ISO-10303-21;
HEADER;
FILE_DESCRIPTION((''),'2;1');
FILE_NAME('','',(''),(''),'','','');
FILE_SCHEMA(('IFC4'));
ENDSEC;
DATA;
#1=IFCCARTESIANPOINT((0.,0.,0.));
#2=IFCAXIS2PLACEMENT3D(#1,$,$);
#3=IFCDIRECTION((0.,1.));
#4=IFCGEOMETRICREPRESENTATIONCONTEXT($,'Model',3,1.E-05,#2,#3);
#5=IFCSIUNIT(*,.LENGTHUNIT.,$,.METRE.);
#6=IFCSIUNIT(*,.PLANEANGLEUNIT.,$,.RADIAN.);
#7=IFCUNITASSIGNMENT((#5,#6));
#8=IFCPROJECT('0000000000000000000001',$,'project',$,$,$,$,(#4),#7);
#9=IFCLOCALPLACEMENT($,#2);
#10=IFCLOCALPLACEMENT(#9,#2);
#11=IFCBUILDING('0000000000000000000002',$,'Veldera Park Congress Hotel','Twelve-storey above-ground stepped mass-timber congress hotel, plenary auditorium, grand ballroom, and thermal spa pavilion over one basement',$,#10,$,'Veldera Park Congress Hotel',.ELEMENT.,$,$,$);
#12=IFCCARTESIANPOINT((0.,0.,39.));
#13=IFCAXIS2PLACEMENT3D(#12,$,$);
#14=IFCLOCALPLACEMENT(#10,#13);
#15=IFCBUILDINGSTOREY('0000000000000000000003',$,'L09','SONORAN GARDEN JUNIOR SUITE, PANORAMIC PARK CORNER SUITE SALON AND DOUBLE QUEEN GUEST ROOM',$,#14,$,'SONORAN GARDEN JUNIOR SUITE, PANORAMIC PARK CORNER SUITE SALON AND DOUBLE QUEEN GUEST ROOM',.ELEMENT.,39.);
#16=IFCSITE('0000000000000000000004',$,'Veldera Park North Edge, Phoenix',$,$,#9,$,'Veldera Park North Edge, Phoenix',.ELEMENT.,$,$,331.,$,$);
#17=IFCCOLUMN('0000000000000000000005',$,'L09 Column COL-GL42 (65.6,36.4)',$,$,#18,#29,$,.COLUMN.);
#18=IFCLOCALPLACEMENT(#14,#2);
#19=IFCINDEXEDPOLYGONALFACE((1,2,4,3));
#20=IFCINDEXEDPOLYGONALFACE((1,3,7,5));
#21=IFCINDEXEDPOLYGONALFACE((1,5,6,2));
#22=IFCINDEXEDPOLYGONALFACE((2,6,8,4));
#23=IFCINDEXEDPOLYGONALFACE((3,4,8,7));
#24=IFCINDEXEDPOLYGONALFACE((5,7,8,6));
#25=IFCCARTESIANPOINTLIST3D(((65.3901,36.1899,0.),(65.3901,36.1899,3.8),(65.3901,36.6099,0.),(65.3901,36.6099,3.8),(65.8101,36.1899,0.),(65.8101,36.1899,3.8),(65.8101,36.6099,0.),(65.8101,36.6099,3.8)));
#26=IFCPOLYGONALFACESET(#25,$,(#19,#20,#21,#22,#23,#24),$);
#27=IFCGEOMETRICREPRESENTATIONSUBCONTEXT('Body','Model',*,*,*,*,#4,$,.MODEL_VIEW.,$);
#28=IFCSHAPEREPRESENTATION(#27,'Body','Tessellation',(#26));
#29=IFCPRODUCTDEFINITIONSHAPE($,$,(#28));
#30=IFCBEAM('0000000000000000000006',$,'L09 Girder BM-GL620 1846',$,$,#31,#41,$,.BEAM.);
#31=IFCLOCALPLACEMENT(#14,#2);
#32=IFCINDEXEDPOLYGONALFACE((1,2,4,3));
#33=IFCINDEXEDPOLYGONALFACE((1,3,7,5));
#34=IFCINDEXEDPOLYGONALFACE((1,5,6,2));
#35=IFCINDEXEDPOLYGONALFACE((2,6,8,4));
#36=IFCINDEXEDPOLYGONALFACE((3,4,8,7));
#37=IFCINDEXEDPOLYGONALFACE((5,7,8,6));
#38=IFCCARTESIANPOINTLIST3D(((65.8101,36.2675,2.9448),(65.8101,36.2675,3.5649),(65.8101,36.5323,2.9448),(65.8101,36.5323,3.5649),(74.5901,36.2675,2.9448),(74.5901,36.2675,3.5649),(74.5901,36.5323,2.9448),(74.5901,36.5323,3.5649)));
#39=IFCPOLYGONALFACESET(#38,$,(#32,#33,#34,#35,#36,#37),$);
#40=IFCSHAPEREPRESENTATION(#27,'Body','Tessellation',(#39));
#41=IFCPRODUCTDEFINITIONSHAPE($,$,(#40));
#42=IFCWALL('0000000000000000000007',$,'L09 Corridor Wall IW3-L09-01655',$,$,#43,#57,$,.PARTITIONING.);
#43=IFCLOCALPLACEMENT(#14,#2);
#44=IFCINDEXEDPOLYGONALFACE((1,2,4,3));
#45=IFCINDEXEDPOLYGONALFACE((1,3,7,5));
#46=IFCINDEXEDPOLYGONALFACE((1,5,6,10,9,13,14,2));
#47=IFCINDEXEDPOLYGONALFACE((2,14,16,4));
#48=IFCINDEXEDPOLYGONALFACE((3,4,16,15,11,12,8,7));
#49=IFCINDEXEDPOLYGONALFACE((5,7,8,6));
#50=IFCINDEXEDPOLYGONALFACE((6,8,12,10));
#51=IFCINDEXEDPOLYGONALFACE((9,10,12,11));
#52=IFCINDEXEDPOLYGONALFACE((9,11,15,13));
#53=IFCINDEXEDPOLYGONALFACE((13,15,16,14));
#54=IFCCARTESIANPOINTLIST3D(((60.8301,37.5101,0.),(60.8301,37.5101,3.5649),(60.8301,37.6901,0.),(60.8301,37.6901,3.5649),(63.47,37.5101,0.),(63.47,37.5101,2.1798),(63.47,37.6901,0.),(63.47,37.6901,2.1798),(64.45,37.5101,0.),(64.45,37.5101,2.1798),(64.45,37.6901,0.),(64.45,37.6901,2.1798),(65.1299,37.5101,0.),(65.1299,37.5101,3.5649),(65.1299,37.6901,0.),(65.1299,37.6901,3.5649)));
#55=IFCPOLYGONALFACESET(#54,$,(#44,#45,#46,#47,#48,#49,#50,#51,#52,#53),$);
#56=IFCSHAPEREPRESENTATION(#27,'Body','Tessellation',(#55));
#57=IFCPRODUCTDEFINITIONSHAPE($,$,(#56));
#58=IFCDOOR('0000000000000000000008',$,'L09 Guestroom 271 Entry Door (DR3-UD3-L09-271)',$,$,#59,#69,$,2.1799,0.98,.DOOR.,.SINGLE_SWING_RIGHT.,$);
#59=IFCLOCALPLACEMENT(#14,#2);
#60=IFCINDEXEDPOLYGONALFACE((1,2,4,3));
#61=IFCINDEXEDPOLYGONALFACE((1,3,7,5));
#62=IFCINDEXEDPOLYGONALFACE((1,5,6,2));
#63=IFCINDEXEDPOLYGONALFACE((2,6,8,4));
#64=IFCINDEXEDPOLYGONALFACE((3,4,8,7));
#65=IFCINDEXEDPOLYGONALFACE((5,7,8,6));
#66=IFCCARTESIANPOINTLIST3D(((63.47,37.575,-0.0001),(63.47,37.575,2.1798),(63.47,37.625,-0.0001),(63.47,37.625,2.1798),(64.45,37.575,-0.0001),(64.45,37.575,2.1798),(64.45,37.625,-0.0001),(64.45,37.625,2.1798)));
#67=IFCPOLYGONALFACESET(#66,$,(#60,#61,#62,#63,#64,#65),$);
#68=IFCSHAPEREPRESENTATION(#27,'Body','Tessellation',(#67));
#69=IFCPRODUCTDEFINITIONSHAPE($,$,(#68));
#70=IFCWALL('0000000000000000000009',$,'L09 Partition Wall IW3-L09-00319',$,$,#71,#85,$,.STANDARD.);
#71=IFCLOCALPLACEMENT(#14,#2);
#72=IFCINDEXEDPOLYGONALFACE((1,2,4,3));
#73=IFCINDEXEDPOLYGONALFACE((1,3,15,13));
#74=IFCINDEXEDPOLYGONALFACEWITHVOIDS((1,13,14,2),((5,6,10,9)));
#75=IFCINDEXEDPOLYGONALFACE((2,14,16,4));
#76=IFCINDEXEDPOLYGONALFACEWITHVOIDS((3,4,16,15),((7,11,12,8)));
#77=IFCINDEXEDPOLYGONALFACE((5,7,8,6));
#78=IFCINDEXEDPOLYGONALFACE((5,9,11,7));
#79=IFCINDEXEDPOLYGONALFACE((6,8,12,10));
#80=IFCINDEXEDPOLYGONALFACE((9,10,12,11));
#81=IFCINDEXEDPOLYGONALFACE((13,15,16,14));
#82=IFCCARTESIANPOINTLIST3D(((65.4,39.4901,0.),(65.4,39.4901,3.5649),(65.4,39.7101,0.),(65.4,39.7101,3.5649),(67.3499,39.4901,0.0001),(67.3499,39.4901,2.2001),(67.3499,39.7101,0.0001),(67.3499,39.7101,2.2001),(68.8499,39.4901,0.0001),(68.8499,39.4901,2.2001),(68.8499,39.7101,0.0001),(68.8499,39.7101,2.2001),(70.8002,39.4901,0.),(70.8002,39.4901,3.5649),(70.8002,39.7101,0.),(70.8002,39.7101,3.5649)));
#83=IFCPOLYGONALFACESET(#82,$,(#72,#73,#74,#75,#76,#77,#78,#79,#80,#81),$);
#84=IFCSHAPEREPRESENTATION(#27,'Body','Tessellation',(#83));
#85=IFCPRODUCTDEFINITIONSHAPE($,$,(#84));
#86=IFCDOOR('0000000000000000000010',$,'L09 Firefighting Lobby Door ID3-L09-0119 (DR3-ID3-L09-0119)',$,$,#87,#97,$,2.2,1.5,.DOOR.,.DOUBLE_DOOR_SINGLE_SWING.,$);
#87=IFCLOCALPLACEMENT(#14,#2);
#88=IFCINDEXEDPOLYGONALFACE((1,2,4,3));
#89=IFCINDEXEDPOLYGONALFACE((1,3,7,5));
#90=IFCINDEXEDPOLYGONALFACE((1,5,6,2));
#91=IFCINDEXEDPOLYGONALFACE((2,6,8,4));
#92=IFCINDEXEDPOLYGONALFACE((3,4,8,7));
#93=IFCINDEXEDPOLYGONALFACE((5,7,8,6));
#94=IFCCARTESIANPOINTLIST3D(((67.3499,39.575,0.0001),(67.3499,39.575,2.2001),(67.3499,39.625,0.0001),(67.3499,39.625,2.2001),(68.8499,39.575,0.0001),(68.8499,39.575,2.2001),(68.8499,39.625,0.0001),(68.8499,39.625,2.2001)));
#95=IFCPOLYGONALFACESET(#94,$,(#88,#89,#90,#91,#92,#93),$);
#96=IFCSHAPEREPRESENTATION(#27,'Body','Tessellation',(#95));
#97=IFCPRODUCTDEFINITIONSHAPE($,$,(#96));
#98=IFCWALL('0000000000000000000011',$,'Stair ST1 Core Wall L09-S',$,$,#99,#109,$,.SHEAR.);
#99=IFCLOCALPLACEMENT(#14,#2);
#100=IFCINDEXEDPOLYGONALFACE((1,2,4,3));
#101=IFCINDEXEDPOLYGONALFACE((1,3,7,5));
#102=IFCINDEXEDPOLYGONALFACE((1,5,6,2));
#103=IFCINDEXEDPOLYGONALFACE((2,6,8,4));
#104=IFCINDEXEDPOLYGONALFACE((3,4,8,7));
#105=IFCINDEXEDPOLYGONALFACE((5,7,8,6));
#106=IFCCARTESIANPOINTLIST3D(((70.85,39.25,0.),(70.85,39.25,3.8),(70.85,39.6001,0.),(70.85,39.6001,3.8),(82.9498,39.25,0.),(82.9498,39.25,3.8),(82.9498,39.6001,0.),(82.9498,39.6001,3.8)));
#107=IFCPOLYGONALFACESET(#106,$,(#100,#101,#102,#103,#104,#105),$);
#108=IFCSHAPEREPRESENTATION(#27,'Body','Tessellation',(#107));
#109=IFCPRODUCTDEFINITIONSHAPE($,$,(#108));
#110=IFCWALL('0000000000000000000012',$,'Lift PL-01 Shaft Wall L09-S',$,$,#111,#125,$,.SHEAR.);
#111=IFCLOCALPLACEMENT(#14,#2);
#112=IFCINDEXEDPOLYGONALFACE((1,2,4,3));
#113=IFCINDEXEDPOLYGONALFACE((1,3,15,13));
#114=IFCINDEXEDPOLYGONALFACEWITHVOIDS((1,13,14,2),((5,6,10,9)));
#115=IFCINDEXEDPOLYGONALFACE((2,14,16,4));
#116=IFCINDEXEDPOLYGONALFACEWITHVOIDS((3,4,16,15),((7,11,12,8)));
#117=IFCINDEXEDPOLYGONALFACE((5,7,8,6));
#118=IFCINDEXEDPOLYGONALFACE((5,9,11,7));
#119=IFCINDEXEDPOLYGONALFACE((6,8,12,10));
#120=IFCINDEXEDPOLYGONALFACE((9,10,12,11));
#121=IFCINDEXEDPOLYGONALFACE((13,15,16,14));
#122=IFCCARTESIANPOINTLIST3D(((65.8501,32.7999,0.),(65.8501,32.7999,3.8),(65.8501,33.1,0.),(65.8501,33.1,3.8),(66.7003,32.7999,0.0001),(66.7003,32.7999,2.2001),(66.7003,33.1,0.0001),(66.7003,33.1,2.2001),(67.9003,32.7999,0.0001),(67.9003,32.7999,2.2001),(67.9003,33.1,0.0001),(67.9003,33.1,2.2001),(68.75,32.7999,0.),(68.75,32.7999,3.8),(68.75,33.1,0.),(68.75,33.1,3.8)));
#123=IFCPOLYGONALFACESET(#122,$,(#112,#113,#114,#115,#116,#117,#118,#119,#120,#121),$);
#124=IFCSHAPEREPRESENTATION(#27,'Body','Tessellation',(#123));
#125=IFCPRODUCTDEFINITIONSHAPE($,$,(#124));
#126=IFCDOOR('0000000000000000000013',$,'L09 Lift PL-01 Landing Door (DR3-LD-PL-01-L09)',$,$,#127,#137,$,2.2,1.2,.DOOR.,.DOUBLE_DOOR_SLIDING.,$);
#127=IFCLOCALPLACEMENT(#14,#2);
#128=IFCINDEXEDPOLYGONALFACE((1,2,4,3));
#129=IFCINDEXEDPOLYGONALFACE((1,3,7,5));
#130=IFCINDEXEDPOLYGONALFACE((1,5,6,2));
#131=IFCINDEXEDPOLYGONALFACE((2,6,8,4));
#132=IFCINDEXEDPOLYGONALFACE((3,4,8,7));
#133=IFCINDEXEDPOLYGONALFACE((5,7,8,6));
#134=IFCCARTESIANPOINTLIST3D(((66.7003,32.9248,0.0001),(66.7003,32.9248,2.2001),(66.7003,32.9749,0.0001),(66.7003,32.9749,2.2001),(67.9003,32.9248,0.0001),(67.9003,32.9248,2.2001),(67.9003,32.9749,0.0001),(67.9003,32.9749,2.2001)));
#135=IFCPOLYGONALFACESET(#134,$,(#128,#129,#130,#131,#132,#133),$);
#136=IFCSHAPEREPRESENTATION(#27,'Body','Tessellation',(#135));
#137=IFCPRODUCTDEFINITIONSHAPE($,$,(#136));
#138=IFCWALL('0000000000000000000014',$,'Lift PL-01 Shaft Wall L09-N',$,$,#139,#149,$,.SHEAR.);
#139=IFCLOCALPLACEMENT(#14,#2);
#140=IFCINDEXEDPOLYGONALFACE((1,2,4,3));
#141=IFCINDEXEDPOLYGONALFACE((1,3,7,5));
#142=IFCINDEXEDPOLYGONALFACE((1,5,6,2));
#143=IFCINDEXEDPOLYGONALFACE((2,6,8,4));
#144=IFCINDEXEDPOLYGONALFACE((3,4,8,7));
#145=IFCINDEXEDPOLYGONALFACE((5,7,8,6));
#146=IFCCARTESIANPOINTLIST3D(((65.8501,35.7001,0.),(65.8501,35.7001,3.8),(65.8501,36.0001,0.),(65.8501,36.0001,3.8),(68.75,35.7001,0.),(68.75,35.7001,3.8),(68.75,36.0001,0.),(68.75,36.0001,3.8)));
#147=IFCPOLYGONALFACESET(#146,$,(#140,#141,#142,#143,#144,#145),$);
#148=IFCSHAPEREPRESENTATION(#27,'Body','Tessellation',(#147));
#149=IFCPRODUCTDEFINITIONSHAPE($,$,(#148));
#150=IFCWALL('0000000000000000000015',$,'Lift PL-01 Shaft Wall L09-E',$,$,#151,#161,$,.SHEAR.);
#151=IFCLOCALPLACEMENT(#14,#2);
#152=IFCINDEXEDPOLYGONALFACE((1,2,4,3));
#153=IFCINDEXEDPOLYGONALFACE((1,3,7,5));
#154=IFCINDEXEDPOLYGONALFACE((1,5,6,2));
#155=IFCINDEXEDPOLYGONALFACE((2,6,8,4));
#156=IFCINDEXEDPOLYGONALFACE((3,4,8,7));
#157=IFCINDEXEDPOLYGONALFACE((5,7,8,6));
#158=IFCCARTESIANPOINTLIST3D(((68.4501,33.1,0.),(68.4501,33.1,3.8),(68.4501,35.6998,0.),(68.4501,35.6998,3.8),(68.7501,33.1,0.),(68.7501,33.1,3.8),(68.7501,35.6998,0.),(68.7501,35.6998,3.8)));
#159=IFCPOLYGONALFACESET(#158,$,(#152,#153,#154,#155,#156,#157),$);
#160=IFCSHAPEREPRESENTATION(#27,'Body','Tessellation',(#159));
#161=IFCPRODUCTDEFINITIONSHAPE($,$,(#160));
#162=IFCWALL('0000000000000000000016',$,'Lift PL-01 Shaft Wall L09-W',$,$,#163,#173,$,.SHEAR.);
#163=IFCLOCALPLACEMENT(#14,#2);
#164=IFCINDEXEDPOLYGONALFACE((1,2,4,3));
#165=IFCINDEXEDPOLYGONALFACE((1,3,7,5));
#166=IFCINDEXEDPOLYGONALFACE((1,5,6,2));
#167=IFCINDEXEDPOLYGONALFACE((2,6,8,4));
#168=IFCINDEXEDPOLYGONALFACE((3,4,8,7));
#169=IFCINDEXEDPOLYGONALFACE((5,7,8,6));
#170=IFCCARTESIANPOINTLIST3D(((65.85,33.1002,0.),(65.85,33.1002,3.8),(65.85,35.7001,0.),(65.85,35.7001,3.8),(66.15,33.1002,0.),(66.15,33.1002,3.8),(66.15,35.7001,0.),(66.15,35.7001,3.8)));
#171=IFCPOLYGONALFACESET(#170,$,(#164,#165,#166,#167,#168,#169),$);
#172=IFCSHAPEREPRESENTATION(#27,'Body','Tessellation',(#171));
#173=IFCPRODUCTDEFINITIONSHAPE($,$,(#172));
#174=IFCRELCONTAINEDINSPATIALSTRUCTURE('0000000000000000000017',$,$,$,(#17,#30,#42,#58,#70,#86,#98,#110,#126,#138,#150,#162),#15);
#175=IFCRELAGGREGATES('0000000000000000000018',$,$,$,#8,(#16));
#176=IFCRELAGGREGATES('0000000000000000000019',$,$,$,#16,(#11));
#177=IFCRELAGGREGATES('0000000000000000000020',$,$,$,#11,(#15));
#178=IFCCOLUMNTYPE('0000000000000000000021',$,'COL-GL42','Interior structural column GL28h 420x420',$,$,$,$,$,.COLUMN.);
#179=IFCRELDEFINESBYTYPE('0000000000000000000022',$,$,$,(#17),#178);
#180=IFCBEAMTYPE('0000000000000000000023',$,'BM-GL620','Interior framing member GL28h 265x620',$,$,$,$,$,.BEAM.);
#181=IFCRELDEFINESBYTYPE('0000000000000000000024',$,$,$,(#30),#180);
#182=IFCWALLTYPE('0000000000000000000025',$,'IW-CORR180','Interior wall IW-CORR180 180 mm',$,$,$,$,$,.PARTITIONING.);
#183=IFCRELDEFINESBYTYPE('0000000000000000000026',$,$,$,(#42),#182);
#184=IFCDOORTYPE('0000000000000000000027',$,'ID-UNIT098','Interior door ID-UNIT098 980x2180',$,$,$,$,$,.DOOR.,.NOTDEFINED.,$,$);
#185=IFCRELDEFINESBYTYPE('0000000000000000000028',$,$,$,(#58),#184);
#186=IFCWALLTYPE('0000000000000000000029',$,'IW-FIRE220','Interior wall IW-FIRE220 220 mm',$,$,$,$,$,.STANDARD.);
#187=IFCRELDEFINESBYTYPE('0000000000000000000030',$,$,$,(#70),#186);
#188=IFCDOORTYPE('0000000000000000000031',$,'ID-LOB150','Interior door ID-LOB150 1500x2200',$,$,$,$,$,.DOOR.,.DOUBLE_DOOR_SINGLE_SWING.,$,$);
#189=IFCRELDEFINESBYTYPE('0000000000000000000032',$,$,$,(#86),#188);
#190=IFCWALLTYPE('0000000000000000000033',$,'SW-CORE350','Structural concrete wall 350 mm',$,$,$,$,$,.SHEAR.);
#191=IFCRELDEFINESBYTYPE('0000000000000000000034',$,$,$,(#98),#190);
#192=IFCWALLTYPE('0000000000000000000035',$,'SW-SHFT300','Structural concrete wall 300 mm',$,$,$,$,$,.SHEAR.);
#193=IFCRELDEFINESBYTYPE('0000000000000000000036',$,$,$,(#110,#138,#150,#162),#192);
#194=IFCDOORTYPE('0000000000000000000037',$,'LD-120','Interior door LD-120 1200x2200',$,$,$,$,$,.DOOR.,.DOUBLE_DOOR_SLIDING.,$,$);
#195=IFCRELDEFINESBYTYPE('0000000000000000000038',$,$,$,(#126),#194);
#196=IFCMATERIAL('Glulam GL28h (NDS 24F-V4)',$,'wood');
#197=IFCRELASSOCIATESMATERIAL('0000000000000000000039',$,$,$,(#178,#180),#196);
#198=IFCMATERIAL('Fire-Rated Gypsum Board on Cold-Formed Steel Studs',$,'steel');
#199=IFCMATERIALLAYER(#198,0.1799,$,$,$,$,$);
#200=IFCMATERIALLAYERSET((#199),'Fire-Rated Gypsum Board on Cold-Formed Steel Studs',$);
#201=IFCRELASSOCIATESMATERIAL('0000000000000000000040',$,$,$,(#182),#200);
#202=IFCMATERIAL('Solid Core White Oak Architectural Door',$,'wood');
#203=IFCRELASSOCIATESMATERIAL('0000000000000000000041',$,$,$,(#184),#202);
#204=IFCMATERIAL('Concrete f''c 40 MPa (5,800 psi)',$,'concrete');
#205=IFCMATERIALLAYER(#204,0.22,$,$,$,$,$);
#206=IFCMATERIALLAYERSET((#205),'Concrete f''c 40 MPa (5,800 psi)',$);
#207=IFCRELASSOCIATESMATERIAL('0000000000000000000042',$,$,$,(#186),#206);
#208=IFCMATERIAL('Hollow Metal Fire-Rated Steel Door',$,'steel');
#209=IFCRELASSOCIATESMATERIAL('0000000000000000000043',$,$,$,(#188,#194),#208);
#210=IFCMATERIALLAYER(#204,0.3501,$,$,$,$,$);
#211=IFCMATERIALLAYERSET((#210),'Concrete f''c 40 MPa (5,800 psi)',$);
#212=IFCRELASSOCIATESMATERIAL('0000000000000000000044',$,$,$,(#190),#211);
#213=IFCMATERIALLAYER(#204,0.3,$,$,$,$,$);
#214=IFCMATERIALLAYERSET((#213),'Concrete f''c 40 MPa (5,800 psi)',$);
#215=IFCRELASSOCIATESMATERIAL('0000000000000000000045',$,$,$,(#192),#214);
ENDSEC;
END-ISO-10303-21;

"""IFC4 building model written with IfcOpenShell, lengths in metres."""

from ifc_helpers import new_model, si_unit, direction, frame, frame_2d, origin, origin_2d, place, context, subcontext, project, spatial, rectangle, extrude, material, layer, layer_set, material_profile, profile_set, type_object, element, fill, save


model = new_model("IFC4")

# Units and contexts
model_context = context("Model", 3, precision=1e-05, world=origin(), true_north=direction((0.0, 1.0)))
body_context = subcontext(model_context, "Body", "Model", "MODEL_VIEW")
ifc_project = project(units=[si_unit("LENGTHUNIT", "METRE"), si_unit("PLANEANGLEUNIT", "RADIAN")], contexts=[model_context])

# Site, building, storey
site_placement = place(None, origin())
site = spatial("IfcSite", under=ifc_project, at=site_placement, Name="Veldera Park North Edge, Phoenix", LongName="Veldera Park North Edge, Phoenix", CompositionType="ELEMENT", RefElevation=331.0)
building_placement = place(site_placement, origin())
building = spatial("IfcBuilding", under=site, at=building_placement, Name="Veldera Park Congress Hotel", Description="Twelve-storey above-ground stepped mass-timber congress hotel, plenary auditorium, grand ballroom, and thermal spa pavilion over one basement", LongName="Veldera Park Congress Hotel", CompositionType="ELEMENT")
storey_placement = place(building_placement, frame((0.0, 0.0, 39.0)))
storey = spatial("IfcBuildingStorey", under=building, at=storey_placement, Name="L09", Description="SONORAN GARDEN JUNIOR SUITE, PANORAMIC PARK CORNER SUITE SALON AND DOUBLE QUEEN GUEST ROOM", LongName="SONORAN GARDEN JUNIOR SUITE, PANORAMIC PARK CORNER SUITE SALON AND DOUBLE QUEEN GUEST ROOM", CompositionType="ELEMENT", Elevation=39.0)

# Column
ifc_material_1 = material(Name="Glulam GL28h (NDS 24F-V4)", Category="wood")
ifc_material_profile_1 = material_profile(ifc_material_1, rectangle(XDim=0.4199, YDim=0.4199, at=origin_2d()), Name="GL28h 420x420")
ifc_profile_set_1 = profile_set([ifc_material_profile_1], Name="Glulam GL28h (NDS 24F-V4)")
column_type = type_object("IfcColumnType", Name="COL-GL42", Description="Interior structural column GL28h 420x420", PredefinedType="COLUMN", material=ifc_profile_set_1)
column_placement = place(storey_placement, frame((65.6001, 36.3999, 0.0), z_axis=(0.0, 0.0, 1.0), x_axis=(1.0, 0.0, 0.0)))
element("IfcColumn", 1, at=column_placement, inside=storey, type_object=column_type, Name="L09 Column COL-GL42 (65.6,36.4)", PredefinedType="COLUMN", context=body_context, shape_type="SweptSolid", body=[
    extrude(rectangle(XDim=0.4199, YDim=0.4199, at=origin_2d()), origin(), (0.0, 0.0, 1.0), 3.8),
])

# Beam
ifc_material_profile_2 = material_profile(ifc_material_1, rectangle(XDim=0.2649, YDim=0.6201, at=origin_2d()), Name="GL28h 265x620")
ifc_profile_set_2 = profile_set([ifc_material_profile_2], Name="Glulam GL28h (NDS 24F-V4)")
beam_type = type_object("IfcBeamType", Name="BM-GL620", Description="Interior framing member GL28h 265x620", PredefinedType="BEAM", material=ifc_profile_set_2)
beam_placement = place(storey_placement, frame((65.8101, 36.3999, 3.2549), z_axis=(1.0, 0.0, 0.0), x_axis=(0.0, 1.0, 0.0)))
element("IfcBeam", 2, at=beam_placement, inside=storey, type_object=beam_type, Name="L09 Girder BM-GL620 1846", PredefinedType="BEAM", context=body_context, shape_type="SweptSolid", body=[
    extrude(rectangle(XDim=0.2649, YDim=0.6201, at=origin_2d()), origin(), (0.0, 0.0, 1.0), 8.78),
])

# Walls, openings, doors
ifc_material_2 = material(Name="Fire-Rated Gypsum Board on Cold-Formed Steel Studs", Category="steel")
ifc_layer_1 = layer(ifc_material_2, 0.1799)
ifc_layer_set_1 = layer_set([ifc_layer_1], Name="Fire-Rated Gypsum Board on Cold-Formed Steel Studs")
wall_type_1 = type_object("IfcWallType", Name="IW-CORR180", Description="Interior wall IW-CORR180 180 mm", PredefinedType="PARTITIONING", material=ifc_layer_set_1)
wall_1_placement = place(storey_placement, frame((65.1299, 37.6001, 0.0), z_axis=(0.0, 0.0, 1.0), x_axis=(-1.0, 0.0, 0.0)))
wall_1 = element("IfcWall", 3, at=wall_1_placement, inside=storey, type_object=wall_type_1, Name="L09 Corridor Wall IW3-L09-01655", PredefinedType="PARTITIONING", context=body_context, shape_type="SweptSolid", body=[
    extrude(rectangle(XDim=4.2998, YDim=0.1799, at=frame_2d((2.1499, 0.0))), origin(), (0.0, 0.0, 1.0), 3.5649),
])
opening_1_placement = place(wall_1_placement, frame((0.6799, 0.0, 0.0)))
opening_1 = element("IfcOpeningElement", 4, at=opening_1_placement, cuts=wall_1, PredefinedType="OPENING", context=body_context, shape_type="SweptSolid", body=[
    extrude(rectangle(XDim=0.98, YDim=2.1799, at=frame_2d((0.49, 1.0898))), frame((0.0, 0.1021, 0.0), z_axis=(0.0, -1.0, 0.0), x_axis=(1.0, 0.0, 0.0)), (0.0, 0.0, 1.0), 0.2039),
])
ifc_material_3 = material(Name="Solid Core White Oak Architectural Door", Category="wood")
door_type_1 = type_object("IfcDoorType", Name="ID-UNIT098", Description="Interior door ID-UNIT098 980x2180", OperationType="NOTDEFINED", PredefinedType="DOOR", material=ifc_material_3)
door_1_placement = place(opening_1_placement, frame((0.98, 0.0, 0.0), z_axis=(0.0, 0.0, 1.0), x_axis=(-1.0, 0.0, 0.0)))
door_1 = element("IfcDoor", 5, at=door_1_placement, inside=storey, type_object=door_type_1, Name="L09 Guestroom 271 Entry Door (DR3-UD3-L09-271)", OperationType="SINGLE_SWING_RIGHT", OverallHeight=2.1799, OverallWidth=0.98, PredefinedType="DOOR", context=body_context, shape_type="SweptSolid", body=[
    extrude(rectangle(XDim=0.98, YDim=2.1799, at=frame_2d((0.49, 1.0898))), frame((0.0, 0.0249, 0.0), z_axis=(0.0, -1.0, 0.0), x_axis=(1.0, 0.0, 0.0)), (0.0, 0.0, 1.0), 0.05),
])
fill(opening_1, door_1)
ifc_material_4 = material(Name="Concrete f'c 40 MPa (5,800 psi)", Category="concrete")
ifc_layer_2 = layer(ifc_material_4, 0.22)
ifc_layer_set_2 = layer_set([ifc_layer_2], Name="Concrete f'c 40 MPa (5,800 psi)")
wall_type_2 = type_object("IfcWallType", Name="IW-FIRE220", Description="Interior wall IW-FIRE220 220 mm", PredefinedType="STANDARD", material=ifc_layer_set_2)
wall_2_placement = place(storey_placement, frame((65.3999, 39.6001, 0.0), z_axis=(0.0, 0.0, 1.0), x_axis=(1.0, 0.0, 0.0)))
wall_2 = element("IfcWall", 6, at=wall_2_placement, inside=storey, type_object=wall_type_2, Name="L09 Partition Wall IW3-L09-00319", PredefinedType="STANDARD", context=body_context, shape_type="SweptSolid", body=[
    extrude(rectangle(XDim=5.4001, YDim=0.22, at=frame_2d((2.7002, 0.0))), origin(), (0.0, 0.0, 1.0), 3.5649),
])
opening_2_placement = place(wall_2_placement, frame((1.95, 0.0, 0.0)))
opening_2 = element("IfcOpeningElement", 7, at=opening_2_placement, cuts=wall_2, PredefinedType="OPENING", context=body_context, shape_type="SweptSolid", body=[
    extrude(rectangle(XDim=1.5, YDim=2.2, at=frame_2d((0.75, 1.1001))), frame((0.0, 0.1221, 0.0), z_axis=(0.0, -1.0, 0.0), x_axis=(1.0, 0.0, 0.0)), (0.0, 0.0, 1.0), 0.2439),
])
ifc_material_5 = material(Name="Hollow Metal Fire-Rated Steel Door", Category="steel")
door_type_2 = type_object("IfcDoorType", Name="ID-LOB150", Description="Interior door ID-LOB150 1500x2200", OperationType="DOUBLE_DOOR_SINGLE_SWING", PredefinedType="DOOR", material=ifc_material_5)
door_2_placement = place(opening_2_placement, origin())
door_2 = element("IfcDoor", 8, at=door_2_placement, inside=storey, type_object=door_type_2, Name="L09 Firefighting Lobby Door ID3-L09-0119 (DR3-ID3-L09-0119)", OperationType="DOUBLE_DOOR_SINGLE_SWING", OverallHeight=2.2, OverallWidth=1.5, PredefinedType="DOOR", context=body_context, shape_type="SweptSolid", body=[
    extrude(rectangle(XDim=1.5, YDim=2.2, at=frame_2d((0.75, 1.1001))), frame((0.0, 0.0249, 0.0), z_axis=(0.0, -1.0, 0.0), x_axis=(1.0, 0.0, 0.0)), (0.0, 0.0, 1.0), 0.05),
])
fill(opening_2, door_2)

# Wall
ifc_layer_3 = layer(ifc_material_4, 0.3501)
ifc_layer_set_3 = layer_set([ifc_layer_3], Name="Concrete f'c 40 MPa (5,800 psi)")
wall_type_3 = type_object("IfcWallType", Name="SW-CORE350", Description="Structural concrete wall 350 mm", PredefinedType="SHEAR", material=ifc_layer_set_3)
wall_3_placement = place(storey_placement, frame((70.8501, 39.425, 0.0), z_axis=(0.0, 0.0, 1.0), x_axis=(1.0, 0.0, 0.0)))
element("IfcWall", 9, at=wall_3_placement, inside=storey, type_object=wall_type_3, Name="Stair ST1 Core Wall L09-S", PredefinedType="SHEAR", context=body_context, shape_type="SweptSolid", body=[
    extrude(rectangle(XDim=12.0999, YDim=0.3501, at=frame_2d((6.0498, 0.0))), origin(), (0.0, 0.0, 1.0), 3.8),
])

# Wall, opening, door
ifc_layer_4 = layer(ifc_material_4, 0.3)
ifc_layer_set_4 = layer_set([ifc_layer_4], Name="Concrete f'c 40 MPa (5,800 psi)")
wall_type_4 = type_object("IfcWallType", Name="SW-SHFT300", Description="Structural concrete wall 300 mm", PredefinedType="SHEAR", material=ifc_layer_set_4)
wall_4_placement = place(storey_placement, frame((65.8501, 32.95, 0.0), z_axis=(0.0, 0.0, 1.0), x_axis=(1.0, 0.0, 0.0)))
wall_4 = element("IfcWall", 10, at=wall_4_placement, inside=storey, type_object=wall_type_4, Name="Lift PL-01 Shaft Wall L09-S", PredefinedType="SHEAR", context=body_context, shape_type="SweptSolid", body=[
    extrude(rectangle(XDim=2.8999, YDim=0.3, at=frame_2d((1.45, 0.0))), origin(), (0.0, 0.0, 1.0), 3.8),
])
opening_3_placement = place(wall_4_placement, frame((0.8501, 0.0, 0.0)))
opening_3 = element("IfcOpeningElement", 11, at=opening_3_placement, cuts=wall_4, PredefinedType="OPENING", context=body_context, shape_type="SweptSolid", body=[
    extrude(rectangle(XDim=1.2, YDim=2.2, at=frame_2d((0.6001, 1.1001))), frame((0.0, 0.1621, 0.0), z_axis=(0.0, -1.0, 0.0), x_axis=(1.0, 0.0, 0.0)), (0.0, 0.0, 1.0), 0.324),
])
door_type_3 = type_object("IfcDoorType", Name="LD-120", Description="Interior door LD-120 1200x2200", OperationType="DOUBLE_DOOR_SLIDING", PredefinedType="DOOR", material=ifc_material_5)
door_3_placement = place(opening_3_placement, origin())
door_3 = element("IfcDoor", 12, at=door_3_placement, inside=storey, type_object=door_type_3, Name="L09 Lift PL-01 Landing Door (DR3-LD-PL-01-L09)", OperationType="DOUBLE_DOOR_SLIDING", OverallHeight=2.2, OverallWidth=1.2, PredefinedType="DOOR", context=body_context, shape_type="SweptSolid", body=[
    extrude(rectangle(XDim=1.2, YDim=2.2, at=frame_2d((0.6001, 1.1001))), frame((0.0, 0.0249, 0.0), z_axis=(0.0, -1.0, 0.0), x_axis=(1.0, 0.0, 0.0)), (0.0, 0.0, 1.0), 0.05),
])
fill(opening_3, door_3)

# Walls
wall_5_placement = place(storey_placement, frame((68.75, 35.8501, 0.0), z_axis=(0.0, 0.0, 1.0), x_axis=(-1.0, 0.0, 0.0)))
element("IfcWall", 13, at=wall_5_placement, inside=storey, type_object=wall_type_4, Name="Lift PL-01 Shaft Wall L09-N", PredefinedType="SHEAR", context=body_context, shape_type="SweptSolid", body=[
    extrude(rectangle(XDim=2.8999, YDim=0.3, at=frame_2d((1.45, 0.0))), origin(), (0.0, 0.0, 1.0), 3.8),
])
for number, where, z_axis, x_axis, name in (
    (14, (68.6001, 33.1001, 0.0), (0.0, 0.0, 1.0), (0.0, 1.0, 0.0), "Lift PL-01 Shaft Wall L09-E"),
    (15, (66.0, 35.7, 0.0), (0.0, 0.0, 1.0), (0.0, -1.0, 0.0), "Lift PL-01 Shaft Wall L09-W"),
):
    element("IfcWall", number, at=place(storey_placement, frame(where, z_axis=z_axis, x_axis=x_axis)), inside=storey, type_object=wall_type_4, Name=name, PredefinedType="SHEAR", context=body_context, shape_type="SweptSolid", body=[
        extrude(rectangle(XDim=2.5999, YDim=0.3, at=frame_2d((1.2998, 0.0))), origin(), (0.0, 0.0, 1.0), 3.8),
    ])

save(model, "model.ifc")
